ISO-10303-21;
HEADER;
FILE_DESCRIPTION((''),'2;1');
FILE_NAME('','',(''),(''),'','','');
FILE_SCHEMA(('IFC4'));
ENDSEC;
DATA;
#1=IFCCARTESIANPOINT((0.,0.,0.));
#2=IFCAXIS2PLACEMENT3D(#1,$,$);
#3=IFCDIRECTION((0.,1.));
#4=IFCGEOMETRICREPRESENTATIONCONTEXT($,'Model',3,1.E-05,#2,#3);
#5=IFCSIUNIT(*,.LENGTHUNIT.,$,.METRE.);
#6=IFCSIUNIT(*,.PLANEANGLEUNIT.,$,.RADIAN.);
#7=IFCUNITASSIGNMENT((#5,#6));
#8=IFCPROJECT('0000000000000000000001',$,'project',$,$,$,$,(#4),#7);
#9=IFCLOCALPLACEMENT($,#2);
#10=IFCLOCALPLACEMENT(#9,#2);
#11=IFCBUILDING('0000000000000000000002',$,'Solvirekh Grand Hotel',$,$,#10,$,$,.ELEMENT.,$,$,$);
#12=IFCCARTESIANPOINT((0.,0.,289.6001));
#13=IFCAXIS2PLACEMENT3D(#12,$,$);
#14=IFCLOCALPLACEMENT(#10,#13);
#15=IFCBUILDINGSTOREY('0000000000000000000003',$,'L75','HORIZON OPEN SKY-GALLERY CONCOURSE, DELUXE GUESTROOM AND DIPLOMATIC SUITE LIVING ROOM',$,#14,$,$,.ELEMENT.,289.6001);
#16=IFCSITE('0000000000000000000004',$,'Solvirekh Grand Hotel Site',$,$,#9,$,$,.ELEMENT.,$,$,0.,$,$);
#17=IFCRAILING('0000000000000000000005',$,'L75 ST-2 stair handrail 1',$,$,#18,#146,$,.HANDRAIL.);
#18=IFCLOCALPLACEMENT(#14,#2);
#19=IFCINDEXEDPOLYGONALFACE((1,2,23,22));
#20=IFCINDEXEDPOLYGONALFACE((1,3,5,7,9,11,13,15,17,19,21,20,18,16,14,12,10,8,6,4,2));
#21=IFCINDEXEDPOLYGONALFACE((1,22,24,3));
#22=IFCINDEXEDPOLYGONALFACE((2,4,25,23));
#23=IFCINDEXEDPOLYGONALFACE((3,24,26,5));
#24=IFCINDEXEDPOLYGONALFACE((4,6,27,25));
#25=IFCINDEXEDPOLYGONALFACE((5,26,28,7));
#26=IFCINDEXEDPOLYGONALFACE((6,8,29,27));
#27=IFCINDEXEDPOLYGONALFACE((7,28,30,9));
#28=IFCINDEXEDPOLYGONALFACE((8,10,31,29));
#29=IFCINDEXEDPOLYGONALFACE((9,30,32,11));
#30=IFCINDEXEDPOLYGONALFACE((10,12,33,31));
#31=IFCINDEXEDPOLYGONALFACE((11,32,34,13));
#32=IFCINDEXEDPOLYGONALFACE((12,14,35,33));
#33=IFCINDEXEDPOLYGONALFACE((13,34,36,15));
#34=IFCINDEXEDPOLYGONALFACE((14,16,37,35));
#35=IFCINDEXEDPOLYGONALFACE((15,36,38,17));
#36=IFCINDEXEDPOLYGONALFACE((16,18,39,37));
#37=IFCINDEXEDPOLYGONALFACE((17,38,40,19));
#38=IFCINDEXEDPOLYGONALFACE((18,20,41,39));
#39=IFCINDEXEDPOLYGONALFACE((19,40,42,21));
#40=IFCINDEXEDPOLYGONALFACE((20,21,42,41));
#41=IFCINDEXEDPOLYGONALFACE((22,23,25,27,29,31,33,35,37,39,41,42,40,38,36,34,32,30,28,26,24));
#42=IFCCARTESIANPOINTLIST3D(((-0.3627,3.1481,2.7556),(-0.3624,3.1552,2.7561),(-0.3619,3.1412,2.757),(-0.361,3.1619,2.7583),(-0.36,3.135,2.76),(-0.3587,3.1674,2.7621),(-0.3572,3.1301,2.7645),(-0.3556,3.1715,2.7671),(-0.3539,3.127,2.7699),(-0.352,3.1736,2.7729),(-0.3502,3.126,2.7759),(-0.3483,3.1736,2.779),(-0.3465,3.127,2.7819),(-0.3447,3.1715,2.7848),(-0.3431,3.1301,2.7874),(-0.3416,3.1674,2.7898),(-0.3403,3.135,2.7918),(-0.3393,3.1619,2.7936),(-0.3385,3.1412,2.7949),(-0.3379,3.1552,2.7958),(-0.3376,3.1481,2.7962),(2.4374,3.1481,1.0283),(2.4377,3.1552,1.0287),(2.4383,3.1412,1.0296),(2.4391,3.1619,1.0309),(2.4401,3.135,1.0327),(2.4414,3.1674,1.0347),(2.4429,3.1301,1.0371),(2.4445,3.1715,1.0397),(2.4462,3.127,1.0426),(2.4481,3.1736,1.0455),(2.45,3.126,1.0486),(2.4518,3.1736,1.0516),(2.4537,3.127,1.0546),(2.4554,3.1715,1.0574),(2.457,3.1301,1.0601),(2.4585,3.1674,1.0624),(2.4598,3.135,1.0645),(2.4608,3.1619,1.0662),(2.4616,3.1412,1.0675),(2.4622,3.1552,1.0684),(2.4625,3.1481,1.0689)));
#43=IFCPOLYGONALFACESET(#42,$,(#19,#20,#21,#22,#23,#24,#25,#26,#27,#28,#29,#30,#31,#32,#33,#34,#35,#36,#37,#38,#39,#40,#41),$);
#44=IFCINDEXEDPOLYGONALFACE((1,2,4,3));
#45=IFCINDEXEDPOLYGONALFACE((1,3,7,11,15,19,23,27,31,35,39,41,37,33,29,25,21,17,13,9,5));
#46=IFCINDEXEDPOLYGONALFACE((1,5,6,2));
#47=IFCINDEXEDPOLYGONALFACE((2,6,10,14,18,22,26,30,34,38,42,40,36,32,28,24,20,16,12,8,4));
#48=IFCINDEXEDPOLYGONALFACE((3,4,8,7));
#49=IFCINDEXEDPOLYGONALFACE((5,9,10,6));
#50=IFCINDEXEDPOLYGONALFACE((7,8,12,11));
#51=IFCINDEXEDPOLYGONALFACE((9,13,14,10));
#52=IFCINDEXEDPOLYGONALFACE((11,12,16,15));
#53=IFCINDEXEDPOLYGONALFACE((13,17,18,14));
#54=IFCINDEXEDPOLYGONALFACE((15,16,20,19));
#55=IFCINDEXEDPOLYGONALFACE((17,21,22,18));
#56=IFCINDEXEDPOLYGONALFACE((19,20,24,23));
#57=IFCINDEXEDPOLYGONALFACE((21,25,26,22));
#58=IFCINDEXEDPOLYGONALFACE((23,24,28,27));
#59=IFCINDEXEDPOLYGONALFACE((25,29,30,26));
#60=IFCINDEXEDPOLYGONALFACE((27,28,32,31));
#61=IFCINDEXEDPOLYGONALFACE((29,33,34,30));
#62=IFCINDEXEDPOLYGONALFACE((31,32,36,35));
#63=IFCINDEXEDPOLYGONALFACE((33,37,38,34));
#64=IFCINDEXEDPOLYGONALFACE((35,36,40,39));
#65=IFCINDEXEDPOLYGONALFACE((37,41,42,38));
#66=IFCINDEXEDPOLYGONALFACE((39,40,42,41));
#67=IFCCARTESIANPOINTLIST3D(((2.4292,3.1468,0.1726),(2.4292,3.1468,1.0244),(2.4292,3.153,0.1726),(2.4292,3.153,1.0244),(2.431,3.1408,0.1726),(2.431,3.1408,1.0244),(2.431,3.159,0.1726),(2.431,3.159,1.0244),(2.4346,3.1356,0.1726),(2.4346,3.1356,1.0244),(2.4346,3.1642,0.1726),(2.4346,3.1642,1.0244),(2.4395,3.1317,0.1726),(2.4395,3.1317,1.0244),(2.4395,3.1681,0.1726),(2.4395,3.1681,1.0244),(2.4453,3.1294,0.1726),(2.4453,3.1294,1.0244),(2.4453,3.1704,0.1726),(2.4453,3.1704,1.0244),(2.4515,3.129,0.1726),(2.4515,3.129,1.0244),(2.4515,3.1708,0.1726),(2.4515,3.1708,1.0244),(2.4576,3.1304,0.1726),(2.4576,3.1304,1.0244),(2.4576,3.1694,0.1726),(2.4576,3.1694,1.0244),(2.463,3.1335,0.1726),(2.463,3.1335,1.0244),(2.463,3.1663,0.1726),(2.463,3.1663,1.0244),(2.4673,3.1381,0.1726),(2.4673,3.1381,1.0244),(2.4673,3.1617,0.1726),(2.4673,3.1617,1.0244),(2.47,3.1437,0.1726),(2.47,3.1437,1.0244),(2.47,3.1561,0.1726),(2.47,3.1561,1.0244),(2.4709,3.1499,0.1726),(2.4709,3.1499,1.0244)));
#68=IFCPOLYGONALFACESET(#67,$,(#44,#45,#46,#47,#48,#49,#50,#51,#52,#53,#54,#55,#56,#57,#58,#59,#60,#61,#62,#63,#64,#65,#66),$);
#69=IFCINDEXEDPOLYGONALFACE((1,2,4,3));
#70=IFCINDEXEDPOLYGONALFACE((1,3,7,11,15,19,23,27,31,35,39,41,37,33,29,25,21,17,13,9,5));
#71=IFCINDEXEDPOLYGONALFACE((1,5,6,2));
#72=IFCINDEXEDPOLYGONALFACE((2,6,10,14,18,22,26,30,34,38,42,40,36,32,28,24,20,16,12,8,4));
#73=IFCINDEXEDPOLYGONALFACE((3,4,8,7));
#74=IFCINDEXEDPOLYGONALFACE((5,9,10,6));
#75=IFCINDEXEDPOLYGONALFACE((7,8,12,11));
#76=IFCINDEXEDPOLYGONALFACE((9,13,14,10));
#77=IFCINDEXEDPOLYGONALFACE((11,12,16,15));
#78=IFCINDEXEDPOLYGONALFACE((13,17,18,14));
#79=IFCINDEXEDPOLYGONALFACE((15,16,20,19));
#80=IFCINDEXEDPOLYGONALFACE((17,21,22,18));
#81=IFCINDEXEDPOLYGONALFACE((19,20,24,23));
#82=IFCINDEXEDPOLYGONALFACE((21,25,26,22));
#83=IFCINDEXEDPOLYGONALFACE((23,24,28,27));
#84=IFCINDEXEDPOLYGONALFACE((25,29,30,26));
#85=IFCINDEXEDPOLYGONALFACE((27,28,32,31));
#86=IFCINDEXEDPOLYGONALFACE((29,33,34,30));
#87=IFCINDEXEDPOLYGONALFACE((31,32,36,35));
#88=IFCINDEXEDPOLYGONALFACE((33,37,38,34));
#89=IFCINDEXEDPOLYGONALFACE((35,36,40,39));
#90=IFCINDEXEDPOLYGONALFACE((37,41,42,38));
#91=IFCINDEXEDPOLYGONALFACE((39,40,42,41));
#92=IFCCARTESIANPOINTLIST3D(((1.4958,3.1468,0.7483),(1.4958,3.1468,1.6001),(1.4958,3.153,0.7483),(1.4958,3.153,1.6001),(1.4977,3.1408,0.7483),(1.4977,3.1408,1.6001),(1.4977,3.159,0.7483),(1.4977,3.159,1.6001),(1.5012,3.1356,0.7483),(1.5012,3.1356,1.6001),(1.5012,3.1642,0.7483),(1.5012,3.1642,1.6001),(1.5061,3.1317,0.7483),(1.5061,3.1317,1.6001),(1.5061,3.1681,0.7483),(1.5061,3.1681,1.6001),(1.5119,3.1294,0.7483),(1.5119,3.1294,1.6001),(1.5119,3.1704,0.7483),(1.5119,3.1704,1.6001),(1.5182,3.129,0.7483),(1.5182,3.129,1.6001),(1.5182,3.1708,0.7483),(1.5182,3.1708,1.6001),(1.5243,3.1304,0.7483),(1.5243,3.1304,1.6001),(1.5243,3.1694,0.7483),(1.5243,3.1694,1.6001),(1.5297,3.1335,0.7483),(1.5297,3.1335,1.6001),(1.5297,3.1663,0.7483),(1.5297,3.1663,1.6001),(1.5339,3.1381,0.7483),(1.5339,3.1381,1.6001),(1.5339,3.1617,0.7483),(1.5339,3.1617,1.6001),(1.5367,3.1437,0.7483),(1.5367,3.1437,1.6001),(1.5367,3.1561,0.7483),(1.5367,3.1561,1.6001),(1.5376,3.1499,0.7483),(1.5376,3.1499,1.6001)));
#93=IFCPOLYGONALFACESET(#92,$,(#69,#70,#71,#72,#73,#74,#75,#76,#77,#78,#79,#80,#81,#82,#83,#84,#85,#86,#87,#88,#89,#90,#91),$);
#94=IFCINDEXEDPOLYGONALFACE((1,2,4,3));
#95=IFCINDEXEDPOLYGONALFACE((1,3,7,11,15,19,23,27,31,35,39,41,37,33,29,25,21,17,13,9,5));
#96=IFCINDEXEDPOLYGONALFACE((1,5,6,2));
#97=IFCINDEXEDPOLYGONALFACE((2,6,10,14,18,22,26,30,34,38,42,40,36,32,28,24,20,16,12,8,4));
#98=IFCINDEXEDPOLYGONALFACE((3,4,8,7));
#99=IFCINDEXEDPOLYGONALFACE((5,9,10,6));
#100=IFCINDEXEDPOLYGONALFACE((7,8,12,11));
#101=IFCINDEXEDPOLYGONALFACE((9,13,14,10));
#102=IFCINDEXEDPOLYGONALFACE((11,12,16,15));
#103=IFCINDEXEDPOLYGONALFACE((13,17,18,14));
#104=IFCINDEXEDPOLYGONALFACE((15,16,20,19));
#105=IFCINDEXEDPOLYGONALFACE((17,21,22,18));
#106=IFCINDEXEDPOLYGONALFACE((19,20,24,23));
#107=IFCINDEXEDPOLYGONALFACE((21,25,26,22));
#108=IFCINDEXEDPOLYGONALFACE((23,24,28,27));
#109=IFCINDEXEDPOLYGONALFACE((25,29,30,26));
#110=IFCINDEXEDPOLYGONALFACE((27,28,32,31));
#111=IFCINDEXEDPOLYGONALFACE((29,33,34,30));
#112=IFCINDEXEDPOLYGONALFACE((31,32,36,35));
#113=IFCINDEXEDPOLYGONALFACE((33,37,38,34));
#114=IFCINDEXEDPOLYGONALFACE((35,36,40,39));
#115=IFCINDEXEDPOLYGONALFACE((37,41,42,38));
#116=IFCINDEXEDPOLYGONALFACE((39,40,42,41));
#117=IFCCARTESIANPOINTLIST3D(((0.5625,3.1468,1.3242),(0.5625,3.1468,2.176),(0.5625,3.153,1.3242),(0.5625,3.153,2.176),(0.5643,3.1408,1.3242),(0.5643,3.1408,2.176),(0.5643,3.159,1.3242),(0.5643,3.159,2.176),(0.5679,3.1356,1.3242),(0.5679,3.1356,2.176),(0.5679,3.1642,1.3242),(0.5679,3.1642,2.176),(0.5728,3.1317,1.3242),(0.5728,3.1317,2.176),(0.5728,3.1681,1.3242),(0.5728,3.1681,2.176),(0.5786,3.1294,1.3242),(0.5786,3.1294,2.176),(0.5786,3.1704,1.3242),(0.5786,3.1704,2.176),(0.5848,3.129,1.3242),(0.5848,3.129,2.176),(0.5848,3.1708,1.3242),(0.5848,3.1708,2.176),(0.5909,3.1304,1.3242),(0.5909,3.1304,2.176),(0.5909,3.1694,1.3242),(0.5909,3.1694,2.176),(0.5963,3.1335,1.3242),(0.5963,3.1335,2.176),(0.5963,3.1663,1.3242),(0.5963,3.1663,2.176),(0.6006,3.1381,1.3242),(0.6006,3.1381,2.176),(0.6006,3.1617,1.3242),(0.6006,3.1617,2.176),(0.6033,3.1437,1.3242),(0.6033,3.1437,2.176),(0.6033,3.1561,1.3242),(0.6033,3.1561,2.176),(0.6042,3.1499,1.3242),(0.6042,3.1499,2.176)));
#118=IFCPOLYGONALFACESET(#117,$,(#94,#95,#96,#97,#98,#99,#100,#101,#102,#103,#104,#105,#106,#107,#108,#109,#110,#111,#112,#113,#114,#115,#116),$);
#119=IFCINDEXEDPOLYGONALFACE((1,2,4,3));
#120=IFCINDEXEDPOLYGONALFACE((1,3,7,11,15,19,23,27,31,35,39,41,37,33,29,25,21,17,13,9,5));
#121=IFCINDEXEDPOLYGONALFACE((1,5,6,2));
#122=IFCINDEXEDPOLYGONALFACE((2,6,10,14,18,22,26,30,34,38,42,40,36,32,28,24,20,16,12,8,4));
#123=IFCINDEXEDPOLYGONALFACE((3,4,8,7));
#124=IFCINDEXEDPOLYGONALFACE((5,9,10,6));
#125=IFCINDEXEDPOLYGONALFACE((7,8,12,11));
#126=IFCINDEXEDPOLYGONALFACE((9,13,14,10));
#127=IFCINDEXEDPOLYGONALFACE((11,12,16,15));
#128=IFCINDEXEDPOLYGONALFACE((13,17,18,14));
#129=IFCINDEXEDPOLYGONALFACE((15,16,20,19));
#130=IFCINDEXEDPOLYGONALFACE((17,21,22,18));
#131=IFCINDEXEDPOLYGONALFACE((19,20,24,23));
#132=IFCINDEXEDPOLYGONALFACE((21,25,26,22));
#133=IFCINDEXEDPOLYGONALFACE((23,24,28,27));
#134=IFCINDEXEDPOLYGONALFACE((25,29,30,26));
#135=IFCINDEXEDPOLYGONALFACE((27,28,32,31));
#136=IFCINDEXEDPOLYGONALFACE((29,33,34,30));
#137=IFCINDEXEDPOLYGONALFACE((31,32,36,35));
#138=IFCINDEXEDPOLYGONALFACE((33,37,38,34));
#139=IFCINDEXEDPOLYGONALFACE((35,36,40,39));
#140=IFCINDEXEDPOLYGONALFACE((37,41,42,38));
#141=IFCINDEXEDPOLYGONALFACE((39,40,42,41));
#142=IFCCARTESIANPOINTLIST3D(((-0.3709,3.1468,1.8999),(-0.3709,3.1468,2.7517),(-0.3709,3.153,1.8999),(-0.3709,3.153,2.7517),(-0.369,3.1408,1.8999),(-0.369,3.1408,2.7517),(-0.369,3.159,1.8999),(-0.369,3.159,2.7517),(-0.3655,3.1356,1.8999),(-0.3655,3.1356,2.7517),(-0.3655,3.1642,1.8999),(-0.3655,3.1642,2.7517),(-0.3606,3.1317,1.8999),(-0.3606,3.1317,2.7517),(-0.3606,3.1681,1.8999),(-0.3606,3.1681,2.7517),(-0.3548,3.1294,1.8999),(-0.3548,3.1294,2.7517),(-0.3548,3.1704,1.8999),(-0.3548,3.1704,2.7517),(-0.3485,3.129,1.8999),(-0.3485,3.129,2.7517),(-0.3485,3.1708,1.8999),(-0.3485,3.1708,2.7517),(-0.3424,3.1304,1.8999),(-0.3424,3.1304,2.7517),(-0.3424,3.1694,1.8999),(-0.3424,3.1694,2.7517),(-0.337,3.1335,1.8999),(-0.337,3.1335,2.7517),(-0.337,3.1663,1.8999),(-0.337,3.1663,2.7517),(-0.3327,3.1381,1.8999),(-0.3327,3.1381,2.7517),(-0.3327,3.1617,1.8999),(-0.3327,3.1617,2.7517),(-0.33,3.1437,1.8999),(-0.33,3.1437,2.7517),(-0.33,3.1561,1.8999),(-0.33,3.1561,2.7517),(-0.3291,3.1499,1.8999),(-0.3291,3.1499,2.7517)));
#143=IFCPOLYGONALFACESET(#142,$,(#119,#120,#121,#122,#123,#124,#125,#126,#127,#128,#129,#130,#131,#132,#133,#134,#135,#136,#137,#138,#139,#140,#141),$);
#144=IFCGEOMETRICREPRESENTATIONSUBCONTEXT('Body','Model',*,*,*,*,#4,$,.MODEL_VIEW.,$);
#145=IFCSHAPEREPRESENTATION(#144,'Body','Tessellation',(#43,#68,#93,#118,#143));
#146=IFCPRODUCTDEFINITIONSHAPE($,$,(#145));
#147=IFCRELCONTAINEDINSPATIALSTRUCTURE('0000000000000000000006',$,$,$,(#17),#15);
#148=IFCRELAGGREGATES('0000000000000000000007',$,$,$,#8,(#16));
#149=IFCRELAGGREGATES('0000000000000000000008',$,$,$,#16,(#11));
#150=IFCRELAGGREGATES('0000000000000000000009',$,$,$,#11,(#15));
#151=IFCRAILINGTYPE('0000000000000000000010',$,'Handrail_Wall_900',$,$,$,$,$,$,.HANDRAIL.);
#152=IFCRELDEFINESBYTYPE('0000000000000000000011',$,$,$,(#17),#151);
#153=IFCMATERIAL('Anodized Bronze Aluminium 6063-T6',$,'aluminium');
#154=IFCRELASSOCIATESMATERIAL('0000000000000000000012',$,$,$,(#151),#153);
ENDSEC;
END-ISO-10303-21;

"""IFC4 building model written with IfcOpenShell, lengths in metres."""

from ifc_helpers import new_model, si_unit, direction, frame, origin, origin_2d, place, context, subcontext, project, spatial, circle, extrude, material, type_object, element, save


model = new_model("IFC4")

# Units and contexts
model_context = context("Model", 3, precision=1e-05, world=origin(), true_north=direction((0.0, 1.0)))
body_context = subcontext(model_context, "Body", "Model", "MODEL_VIEW")
ifc_project = project(units=[si_unit("LENGTHUNIT", "METRE"), si_unit("PLANEANGLEUNIT", "RADIAN")], contexts=[model_context])

# Site, building, storey
site_placement = place(None, origin())
site = spatial("IfcSite", under=ifc_project, at=site_placement, Name="Solvirekh Grand Hotel Site", CompositionType="ELEMENT", RefElevation=0.0)
building_placement = place(site_placement, origin())
building = spatial("IfcBuilding", under=site, at=building_placement, Name="Solvirekh Grand Hotel", CompositionType="ELEMENT")
storey_placement = place(building_placement, frame((0.0, 0.0, 289.6001)))
storey = spatial("IfcBuildingStorey", under=building, at=storey_placement, Name="L75", Description="HORIZON OPEN SKY-GALLERY CONCOURSE, DELUXE GUESTROOM AND DIPLOMATIC SUITE LIVING ROOM", CompositionType="ELEMENT", Elevation=289.6001)

# Railing
ifc_material_1 = material(Name="Anodized Bronze Aluminium 6063-T6", Category="aluminium")
railing_type_1 = type_object("IfcRailingType", Name="Handrail_Wall_900", PredefinedType="HANDRAIL", material=ifc_material_1)
railing_1_placement = place(storey_placement, frame((2.45, 3.1499, 0.1726)))
element("IfcRailing", 1, at=railing_1_placement, inside=storey, type_object=railing_type_1, Name="L75 ST-2 stair handrail 1", PredefinedType="HANDRAIL", context=body_context, shape_type="SweptSolid", body=[
    extrude(circle(Radius=0.0239, at=origin_2d()), frame((0.0, 0.0, 0.876), z_axis=(-0.85109, 0.0, 0.52502), x_axis=(0.0, -1.0, 0.0)), (0.0, 0.0, 1.0), 3.29),
    extrude(circle(Radius=0.021, at=origin_2d()), origin(), (0.0, 0.0, 1.0), 0.8518),
    extrude(circle(Radius=0.021, at=origin_2d()), frame((-0.9333, 0.0, 0.5757)), (0.0, 0.0, 1.0), 0.8518),
    extrude(circle(Radius=0.021, at=origin_2d()), frame((-1.8667, 0.0, 1.1516)), (0.0, 0.0, 1.0), 0.8518),
    extrude(circle(Radius=0.021, at=origin_2d()), frame((-2.8, 0.0, 1.7273)), (0.0, 0.0, 1.0), 0.8518),
])

save(model, "model.ifc")
